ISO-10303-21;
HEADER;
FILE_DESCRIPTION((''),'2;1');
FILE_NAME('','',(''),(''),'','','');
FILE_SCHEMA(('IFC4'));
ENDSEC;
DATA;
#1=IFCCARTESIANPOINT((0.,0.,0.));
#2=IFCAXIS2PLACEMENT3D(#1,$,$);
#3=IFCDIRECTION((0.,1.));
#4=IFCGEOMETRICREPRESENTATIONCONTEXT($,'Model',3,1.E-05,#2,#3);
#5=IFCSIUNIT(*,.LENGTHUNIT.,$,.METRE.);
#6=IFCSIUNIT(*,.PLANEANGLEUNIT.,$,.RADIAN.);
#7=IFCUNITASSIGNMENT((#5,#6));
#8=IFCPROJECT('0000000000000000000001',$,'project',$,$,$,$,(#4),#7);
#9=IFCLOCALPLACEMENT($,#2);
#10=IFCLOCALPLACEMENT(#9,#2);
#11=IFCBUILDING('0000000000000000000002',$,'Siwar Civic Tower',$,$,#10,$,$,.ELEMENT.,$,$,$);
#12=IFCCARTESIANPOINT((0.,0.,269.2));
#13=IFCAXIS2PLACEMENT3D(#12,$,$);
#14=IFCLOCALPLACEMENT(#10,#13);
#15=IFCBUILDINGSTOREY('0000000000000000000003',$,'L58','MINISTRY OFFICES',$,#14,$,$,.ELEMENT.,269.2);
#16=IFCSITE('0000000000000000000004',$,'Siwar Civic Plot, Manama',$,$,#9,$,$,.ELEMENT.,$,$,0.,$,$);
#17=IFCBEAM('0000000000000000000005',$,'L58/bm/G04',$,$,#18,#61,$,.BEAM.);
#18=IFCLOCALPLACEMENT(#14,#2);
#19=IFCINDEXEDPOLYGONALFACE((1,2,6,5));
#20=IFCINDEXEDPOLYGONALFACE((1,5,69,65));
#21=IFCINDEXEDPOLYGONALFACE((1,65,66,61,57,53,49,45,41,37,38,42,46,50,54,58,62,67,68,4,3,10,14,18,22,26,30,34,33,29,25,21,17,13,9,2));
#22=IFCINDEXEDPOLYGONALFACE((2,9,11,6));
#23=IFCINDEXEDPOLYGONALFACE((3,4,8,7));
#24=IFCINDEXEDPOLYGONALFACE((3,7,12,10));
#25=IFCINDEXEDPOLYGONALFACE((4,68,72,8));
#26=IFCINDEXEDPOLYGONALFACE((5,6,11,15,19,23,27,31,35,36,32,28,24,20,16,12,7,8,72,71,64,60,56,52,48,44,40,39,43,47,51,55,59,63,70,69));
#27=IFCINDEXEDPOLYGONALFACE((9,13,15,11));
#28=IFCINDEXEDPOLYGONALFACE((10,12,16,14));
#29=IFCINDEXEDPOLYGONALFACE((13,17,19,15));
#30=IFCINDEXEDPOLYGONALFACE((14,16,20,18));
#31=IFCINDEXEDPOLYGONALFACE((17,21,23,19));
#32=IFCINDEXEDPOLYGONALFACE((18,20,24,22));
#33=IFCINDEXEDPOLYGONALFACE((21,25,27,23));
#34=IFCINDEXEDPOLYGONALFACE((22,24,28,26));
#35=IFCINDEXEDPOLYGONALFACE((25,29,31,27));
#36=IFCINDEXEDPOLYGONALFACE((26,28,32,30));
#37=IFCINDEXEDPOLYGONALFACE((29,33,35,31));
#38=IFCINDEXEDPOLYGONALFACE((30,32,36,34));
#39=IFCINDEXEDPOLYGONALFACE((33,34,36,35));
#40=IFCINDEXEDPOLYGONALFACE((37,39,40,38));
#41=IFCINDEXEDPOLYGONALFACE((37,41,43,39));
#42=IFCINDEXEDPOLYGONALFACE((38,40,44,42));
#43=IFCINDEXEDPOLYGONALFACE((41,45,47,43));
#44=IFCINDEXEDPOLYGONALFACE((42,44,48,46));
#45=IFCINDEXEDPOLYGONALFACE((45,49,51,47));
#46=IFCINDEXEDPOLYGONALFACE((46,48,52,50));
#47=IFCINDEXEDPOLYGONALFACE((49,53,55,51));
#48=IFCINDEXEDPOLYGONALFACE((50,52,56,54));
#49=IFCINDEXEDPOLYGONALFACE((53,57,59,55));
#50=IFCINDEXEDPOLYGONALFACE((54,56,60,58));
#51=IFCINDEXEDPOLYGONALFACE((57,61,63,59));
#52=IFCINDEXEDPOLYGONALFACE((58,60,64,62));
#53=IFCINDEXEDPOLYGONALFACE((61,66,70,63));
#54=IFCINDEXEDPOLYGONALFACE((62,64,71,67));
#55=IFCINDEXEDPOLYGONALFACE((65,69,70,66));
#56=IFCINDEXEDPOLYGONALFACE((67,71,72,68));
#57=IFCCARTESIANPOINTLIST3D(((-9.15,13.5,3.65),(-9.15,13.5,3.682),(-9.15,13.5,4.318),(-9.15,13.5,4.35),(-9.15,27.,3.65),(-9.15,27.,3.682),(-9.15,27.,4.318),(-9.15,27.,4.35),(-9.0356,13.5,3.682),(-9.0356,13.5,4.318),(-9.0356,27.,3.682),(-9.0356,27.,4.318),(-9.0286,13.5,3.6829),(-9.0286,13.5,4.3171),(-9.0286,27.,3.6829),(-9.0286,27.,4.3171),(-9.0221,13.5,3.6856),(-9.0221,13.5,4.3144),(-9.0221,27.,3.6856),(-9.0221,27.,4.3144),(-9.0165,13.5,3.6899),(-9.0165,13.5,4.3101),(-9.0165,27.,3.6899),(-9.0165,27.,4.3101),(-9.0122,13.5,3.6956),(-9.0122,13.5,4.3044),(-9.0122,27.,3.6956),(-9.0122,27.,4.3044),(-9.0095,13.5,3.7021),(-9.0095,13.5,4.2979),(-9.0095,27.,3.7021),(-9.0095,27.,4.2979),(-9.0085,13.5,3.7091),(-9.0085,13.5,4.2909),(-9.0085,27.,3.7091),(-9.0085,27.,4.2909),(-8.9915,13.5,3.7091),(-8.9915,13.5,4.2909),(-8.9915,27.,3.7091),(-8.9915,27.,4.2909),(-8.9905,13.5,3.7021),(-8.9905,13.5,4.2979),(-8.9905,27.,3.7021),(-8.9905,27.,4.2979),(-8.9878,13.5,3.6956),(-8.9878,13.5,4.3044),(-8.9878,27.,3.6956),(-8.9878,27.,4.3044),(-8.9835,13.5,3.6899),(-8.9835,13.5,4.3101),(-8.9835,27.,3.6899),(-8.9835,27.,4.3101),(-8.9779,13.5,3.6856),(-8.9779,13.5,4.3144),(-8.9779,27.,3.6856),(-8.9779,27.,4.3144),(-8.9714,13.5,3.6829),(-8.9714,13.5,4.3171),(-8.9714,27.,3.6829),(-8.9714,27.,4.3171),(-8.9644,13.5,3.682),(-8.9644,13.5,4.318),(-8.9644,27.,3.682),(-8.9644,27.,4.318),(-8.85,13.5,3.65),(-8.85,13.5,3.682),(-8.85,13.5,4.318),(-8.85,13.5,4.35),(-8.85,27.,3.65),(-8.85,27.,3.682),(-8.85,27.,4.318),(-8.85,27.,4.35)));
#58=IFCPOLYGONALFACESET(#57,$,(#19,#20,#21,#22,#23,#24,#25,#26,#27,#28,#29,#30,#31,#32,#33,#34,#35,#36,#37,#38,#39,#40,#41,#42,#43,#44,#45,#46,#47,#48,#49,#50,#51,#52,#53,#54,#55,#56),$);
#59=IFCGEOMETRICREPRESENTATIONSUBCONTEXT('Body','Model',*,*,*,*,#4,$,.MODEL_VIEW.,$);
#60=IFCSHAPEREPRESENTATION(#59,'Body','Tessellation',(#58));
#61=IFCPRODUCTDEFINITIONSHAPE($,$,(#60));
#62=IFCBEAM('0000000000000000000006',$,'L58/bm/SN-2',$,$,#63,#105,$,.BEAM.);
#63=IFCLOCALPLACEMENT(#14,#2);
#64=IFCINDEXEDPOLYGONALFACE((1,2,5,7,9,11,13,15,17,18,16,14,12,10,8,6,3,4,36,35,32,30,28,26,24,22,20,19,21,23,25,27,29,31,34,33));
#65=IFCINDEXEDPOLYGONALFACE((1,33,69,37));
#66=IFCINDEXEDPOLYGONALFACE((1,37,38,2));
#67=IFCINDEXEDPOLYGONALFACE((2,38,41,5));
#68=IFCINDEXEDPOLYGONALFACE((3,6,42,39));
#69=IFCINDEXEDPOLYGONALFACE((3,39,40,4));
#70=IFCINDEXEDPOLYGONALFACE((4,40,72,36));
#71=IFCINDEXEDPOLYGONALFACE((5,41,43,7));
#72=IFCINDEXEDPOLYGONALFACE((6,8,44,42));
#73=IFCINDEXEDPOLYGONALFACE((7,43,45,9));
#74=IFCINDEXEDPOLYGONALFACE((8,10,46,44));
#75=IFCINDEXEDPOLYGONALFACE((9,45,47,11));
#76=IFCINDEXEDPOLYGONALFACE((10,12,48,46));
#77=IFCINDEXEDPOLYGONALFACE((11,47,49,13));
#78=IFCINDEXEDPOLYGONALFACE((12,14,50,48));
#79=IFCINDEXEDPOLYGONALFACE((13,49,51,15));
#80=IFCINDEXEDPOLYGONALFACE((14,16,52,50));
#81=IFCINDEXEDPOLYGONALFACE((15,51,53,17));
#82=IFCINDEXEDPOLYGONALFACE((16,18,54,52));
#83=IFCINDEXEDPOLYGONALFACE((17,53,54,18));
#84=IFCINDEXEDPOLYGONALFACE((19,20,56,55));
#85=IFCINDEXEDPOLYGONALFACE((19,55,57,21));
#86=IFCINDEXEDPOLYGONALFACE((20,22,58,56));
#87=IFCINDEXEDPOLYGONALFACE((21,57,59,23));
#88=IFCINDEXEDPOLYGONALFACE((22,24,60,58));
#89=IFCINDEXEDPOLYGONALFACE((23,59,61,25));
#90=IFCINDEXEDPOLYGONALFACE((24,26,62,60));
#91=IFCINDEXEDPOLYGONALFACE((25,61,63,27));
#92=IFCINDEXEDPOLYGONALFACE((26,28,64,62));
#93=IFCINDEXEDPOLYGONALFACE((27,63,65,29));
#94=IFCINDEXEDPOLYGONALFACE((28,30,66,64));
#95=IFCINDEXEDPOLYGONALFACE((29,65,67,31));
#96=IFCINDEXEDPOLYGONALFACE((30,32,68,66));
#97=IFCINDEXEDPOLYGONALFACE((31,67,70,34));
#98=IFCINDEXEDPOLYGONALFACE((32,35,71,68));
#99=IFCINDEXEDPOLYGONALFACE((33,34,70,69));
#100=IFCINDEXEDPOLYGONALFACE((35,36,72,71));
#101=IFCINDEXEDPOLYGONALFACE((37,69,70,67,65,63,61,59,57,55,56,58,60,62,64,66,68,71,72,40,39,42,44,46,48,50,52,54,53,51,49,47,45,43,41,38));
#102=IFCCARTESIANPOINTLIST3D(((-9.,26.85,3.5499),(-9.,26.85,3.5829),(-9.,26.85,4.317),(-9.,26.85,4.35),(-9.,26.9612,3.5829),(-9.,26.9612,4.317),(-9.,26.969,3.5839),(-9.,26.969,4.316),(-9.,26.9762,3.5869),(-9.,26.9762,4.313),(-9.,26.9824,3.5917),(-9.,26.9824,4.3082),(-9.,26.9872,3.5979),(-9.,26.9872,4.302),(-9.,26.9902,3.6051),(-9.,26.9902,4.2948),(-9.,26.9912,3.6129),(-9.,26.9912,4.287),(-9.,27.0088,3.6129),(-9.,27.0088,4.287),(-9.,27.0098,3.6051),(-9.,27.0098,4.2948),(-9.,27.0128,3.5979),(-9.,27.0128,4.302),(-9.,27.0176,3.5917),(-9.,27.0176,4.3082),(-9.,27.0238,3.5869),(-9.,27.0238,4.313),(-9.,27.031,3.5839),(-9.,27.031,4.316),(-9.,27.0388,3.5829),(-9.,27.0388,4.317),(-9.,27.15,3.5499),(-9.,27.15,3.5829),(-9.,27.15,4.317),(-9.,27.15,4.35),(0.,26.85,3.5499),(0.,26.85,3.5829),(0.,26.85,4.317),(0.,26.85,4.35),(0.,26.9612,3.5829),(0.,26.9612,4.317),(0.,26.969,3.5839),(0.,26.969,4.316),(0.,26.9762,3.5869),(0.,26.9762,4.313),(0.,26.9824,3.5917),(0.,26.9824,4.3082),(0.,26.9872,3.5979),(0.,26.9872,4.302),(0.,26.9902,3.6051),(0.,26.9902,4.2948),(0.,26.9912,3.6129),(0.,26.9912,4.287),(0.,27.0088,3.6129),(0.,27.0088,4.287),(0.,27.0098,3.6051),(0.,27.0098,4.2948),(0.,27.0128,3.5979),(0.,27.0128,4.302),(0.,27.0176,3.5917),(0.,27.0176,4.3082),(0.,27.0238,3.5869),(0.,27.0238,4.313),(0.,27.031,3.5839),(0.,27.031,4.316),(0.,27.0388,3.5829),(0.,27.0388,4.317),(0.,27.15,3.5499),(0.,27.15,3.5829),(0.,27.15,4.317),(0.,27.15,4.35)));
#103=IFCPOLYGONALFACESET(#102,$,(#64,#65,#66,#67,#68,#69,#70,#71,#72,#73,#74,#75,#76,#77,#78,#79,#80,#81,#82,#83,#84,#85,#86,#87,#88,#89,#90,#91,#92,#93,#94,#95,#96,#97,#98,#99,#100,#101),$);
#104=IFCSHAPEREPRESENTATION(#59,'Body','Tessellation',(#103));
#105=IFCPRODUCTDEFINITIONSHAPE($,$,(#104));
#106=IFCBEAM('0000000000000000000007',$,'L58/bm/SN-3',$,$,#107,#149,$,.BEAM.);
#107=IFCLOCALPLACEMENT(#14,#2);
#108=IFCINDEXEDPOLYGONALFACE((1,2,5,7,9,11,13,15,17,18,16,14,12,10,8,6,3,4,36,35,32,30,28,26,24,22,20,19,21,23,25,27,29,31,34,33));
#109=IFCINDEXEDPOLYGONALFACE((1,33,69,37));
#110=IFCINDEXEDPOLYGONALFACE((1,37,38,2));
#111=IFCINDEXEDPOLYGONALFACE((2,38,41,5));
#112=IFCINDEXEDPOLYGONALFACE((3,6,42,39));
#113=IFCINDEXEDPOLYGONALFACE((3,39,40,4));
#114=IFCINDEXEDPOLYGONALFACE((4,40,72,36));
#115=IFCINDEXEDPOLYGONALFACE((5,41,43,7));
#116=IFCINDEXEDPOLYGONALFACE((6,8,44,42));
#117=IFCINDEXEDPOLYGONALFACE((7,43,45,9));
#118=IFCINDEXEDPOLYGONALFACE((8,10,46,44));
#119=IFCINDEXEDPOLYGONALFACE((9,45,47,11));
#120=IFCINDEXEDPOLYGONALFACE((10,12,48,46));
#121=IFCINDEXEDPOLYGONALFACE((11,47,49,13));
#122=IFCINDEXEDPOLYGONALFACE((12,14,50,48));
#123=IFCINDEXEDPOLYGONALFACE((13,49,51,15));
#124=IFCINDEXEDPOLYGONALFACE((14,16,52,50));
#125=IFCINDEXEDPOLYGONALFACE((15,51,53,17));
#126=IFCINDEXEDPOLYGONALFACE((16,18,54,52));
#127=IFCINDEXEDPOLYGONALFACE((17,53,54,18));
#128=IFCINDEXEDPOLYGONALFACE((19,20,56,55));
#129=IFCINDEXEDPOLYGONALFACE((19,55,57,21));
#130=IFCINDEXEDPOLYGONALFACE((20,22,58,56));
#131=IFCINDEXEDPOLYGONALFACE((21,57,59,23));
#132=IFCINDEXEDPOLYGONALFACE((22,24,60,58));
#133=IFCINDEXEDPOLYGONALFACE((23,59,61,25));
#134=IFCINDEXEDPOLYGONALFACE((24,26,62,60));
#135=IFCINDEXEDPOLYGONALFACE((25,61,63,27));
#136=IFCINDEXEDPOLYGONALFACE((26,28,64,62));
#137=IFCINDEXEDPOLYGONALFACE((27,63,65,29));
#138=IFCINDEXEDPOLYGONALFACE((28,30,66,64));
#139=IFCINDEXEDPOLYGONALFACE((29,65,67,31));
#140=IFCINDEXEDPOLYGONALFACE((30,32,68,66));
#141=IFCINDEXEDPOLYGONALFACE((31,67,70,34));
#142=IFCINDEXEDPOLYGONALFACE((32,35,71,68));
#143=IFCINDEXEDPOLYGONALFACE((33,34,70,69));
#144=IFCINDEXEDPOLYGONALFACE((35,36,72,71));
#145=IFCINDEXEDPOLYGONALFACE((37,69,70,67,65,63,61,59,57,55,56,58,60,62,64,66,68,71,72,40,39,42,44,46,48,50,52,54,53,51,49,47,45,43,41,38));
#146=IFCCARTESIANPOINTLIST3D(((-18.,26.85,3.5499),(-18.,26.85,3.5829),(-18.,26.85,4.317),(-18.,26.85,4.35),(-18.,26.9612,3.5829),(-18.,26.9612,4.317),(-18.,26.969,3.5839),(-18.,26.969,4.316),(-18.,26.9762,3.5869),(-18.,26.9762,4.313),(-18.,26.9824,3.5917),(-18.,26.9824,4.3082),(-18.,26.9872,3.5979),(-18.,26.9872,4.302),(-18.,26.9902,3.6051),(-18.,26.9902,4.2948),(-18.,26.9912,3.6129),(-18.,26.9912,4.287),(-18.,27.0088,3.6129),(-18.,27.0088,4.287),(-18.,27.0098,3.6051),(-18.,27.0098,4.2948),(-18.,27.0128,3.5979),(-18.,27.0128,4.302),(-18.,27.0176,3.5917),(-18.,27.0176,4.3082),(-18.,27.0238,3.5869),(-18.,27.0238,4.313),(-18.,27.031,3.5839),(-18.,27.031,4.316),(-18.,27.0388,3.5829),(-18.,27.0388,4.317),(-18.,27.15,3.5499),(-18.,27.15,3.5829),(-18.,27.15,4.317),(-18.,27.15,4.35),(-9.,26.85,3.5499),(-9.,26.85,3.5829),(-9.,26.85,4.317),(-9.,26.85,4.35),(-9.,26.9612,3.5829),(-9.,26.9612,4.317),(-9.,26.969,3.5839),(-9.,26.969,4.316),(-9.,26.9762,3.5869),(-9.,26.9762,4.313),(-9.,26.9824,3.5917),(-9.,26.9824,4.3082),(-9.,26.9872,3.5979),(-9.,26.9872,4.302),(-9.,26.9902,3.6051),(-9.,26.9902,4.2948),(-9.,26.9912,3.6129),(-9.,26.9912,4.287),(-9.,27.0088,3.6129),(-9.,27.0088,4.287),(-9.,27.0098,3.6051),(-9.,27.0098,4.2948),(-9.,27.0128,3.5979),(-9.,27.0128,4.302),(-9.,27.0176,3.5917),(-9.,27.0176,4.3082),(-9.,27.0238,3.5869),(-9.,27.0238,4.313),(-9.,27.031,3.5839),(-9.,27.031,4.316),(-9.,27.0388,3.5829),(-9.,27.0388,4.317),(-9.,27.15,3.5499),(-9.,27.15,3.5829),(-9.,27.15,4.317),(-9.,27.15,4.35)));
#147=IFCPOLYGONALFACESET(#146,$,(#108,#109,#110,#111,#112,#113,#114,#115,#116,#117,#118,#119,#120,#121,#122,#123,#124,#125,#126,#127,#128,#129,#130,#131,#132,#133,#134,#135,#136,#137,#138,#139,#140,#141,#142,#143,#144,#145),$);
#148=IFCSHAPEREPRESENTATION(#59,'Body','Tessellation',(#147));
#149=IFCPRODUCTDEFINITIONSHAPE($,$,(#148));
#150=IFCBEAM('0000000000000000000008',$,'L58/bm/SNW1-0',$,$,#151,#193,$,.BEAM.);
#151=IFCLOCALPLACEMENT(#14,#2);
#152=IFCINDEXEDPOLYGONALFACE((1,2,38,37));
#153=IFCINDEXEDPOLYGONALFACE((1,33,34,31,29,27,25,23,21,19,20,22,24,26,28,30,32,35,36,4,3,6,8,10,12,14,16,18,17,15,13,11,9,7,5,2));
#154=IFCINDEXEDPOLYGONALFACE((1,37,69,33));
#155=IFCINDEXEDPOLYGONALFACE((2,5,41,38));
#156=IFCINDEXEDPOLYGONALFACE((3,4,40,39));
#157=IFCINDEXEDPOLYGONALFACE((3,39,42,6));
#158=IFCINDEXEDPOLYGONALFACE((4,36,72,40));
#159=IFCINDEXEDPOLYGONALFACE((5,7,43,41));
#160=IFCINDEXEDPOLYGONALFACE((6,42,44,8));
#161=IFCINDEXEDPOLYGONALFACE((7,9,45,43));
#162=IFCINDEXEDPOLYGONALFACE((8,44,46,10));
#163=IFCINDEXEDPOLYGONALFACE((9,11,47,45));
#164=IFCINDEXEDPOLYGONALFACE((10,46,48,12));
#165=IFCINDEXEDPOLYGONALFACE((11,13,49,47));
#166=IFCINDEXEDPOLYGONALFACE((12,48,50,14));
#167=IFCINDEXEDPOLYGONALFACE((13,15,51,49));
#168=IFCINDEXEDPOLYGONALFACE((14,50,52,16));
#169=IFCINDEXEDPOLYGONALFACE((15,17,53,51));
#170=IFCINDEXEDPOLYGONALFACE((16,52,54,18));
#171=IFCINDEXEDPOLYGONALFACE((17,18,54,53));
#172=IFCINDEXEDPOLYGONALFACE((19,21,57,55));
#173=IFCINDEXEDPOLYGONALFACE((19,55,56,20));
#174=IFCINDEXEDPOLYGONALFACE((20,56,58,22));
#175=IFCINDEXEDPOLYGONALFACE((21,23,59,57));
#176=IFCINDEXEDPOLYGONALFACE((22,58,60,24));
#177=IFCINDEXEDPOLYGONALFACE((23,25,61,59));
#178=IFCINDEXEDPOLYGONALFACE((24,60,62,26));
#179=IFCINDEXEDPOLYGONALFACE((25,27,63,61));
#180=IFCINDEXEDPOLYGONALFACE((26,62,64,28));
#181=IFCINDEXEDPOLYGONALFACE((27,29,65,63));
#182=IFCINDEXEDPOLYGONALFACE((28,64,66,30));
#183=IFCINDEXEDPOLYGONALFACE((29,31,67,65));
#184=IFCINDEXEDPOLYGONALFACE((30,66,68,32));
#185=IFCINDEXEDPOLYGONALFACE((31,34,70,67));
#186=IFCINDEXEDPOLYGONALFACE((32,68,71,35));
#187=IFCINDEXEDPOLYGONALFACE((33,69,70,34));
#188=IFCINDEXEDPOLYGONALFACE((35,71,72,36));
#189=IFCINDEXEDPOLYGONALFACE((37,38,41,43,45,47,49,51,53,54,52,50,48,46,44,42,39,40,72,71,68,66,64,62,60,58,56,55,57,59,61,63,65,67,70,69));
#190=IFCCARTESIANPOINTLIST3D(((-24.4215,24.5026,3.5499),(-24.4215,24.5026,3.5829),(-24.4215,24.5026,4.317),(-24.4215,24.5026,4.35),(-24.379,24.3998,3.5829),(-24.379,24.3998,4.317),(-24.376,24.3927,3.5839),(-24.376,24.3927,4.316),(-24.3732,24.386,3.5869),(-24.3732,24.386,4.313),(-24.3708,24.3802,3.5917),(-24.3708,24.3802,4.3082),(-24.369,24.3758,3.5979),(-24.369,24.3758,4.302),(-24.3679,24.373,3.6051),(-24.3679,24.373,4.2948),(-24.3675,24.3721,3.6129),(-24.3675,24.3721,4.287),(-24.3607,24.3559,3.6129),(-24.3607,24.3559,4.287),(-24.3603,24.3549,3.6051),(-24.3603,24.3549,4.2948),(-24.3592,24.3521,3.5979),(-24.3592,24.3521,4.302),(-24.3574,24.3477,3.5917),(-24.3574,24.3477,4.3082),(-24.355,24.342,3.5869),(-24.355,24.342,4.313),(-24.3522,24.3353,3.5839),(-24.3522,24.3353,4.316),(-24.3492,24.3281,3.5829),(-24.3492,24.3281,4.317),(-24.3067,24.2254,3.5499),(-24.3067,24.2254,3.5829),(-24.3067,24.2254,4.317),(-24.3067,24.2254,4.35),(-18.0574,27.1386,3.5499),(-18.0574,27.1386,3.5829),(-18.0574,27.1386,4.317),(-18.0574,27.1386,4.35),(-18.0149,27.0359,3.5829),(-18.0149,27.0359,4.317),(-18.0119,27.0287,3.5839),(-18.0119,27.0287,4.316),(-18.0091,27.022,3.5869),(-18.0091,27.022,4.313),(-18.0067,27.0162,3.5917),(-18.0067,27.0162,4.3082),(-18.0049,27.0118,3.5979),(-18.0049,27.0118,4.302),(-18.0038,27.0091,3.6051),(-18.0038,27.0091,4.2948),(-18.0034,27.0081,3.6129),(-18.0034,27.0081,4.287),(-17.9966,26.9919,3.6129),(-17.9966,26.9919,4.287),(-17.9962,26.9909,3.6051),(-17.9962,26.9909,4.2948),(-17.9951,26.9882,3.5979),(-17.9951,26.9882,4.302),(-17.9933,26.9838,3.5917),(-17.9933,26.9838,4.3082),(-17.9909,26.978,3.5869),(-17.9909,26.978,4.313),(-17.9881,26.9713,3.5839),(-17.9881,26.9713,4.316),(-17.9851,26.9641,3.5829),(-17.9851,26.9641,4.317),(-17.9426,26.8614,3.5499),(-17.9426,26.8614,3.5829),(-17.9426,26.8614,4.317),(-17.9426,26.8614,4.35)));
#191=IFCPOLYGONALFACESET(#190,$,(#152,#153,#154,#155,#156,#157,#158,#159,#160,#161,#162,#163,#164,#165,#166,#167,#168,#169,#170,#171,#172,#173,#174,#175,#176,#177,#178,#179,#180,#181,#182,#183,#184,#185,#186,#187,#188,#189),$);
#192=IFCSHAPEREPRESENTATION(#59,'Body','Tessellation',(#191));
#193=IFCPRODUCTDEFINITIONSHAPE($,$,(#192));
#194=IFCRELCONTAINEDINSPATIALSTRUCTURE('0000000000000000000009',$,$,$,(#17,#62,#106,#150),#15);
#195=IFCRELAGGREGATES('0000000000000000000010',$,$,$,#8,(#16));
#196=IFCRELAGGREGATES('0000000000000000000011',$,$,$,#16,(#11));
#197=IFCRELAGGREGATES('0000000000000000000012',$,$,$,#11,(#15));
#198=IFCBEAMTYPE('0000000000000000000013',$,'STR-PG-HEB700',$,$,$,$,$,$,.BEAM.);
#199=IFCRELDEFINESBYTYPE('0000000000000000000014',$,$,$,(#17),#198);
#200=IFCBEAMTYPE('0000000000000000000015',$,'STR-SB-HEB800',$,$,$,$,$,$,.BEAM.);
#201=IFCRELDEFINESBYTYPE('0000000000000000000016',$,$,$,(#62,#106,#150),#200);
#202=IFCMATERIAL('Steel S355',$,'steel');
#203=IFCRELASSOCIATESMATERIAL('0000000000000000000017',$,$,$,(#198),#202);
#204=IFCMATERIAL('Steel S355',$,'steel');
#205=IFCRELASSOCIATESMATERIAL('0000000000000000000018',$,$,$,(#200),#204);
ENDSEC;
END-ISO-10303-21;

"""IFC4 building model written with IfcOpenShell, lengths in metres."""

from ifc_helpers import new_model, si_unit, direction, frame, origin, origin_2d, place, context, subcontext, project, spatial, i_section, extrude, material, material_profile, profile_set, type_object, element, save


model = new_model("IFC4")

# Units and contexts
model_context = context("Model", 3, precision=1e-05, world=origin(), true_north=direction((0.0, 1.0)))
body_context = subcontext(model_context, "Body", "Model", "MODEL_VIEW")
ifc_project = project(units=[si_unit("LENGTHUNIT", "METRE"), si_unit("PLANEANGLEUNIT", "RADIAN")], contexts=[model_context])

# Site, building, storey
site_placement = place(None, origin())
site = spatial("IfcSite", under=ifc_project, at=site_placement, Name="Siwar Civic Plot, Manama", CompositionType="ELEMENT", RefElevation=0.0)
building_placement = place(site_placement, origin())
building = spatial("IfcBuilding", under=site, at=building_placement, Name="Siwar Civic Tower", CompositionType="ELEMENT")
storey_placement = place(building_placement, frame((0.0, 0.0, 269.2)))
storey = spatial("IfcBuildingStorey", under=building, at=storey_placement, Name="L58", Description="MINISTRY OFFICES", CompositionType="ELEMENT", Elevation=269.2)

# Beams
ifc_material_1 = material(Name="Steel S355", Category="steel")
ifc_material_profile_1 = material_profile(ifc_material_1, i_section(OverallWidth=0.3, OverallDepth=0.7, WebThickness=0.0171, FlangeThickness=0.032, FilletRadius=0.0271, at=origin_2d()), Name="HEB700")
ifc_profile_set_1 = profile_set([ifc_material_profile_1], Name="Steel S355")
beam_type_1 = type_object("IfcBeamType", Name="STR-PG-HEB700", PredefinedType="BEAM", material=ifc_profile_set_1)
beam_1_placement = place(storey_placement, frame((-9.0, 13.5, 4.0), z_axis=(0.0, 1.0, 0.0), x_axis=(-1.0, 0.0, 0.0)))
element("IfcBeam", 1, at=beam_1_placement, inside=storey, type_object=beam_type_1, Name="L58/bm/G04", PredefinedType="BEAM", context=body_context, shape_type="SweptSolid", body=[
    extrude(i_section(OverallWidth=0.3, OverallDepth=0.7, WebThickness=0.0171, FlangeThickness=0.032, FilletRadius=0.0271, at=origin_2d()), origin(), (0.0, 0.0, 1.0), 13.5),
])
ifc_material_2 = material(Name="Steel S355", Category="steel")
ifc_material_profile_2 = material_profile(ifc_material_2, i_section(OverallWidth=0.3, OverallDepth=0.8, WebThickness=0.0176, FlangeThickness=0.033, FilletRadius=0.03, at=origin_2d()), Name="HEB800")
ifc_profile_set_2 = profile_set([ifc_material_profile_2], Name="Steel S355")
beam_type_2 = type_object("IfcBeamType", Name="STR-SB-HEB800", PredefinedType="BEAM", material=ifc_profile_set_2)
for number, where, z_axis, x_axis, name in (
    (2, (0.0, 27.0, 3.95), (-1.0, 0.0, 0.0), (0.0, -1.0, 0.0), "L58/bm/SN-2"),
    (3, (-9.0, 27.0, 3.95), (-1.0, 0.0, 0.0), (0.0, -1.0, 0.0), "L58/bm/SN-3"),
):
    element("IfcBeam", number, at=place(storey_placement, frame(where, z_axis=z_axis, x_axis=x_axis)), inside=storey, type_object=beam_type_2, Name=name, PredefinedType="BEAM", context=body_context, shape_type="SweptSolid", body=[
        extrude(i_section(OverallWidth=0.3, OverallDepth=0.8, WebThickness=0.0176, FlangeThickness=0.033, FilletRadius=0.03, at=origin_2d()), origin(), (0.0, 0.0, 1.0), 9.0),
    ])
beam_2_placement = place(storey_placement, frame((-18.0, 27.0, 3.95), z_axis=(-0.923883, -0.382674, 0.0), x_axis=(0.382674, -0.923883, 0.0)))
element("IfcBeam", 4, at=beam_2_placement, inside=storey, type_object=beam_type_2, Name="L58/bm/SNW1-0", PredefinedType="BEAM", context=body_context, shape_type="SweptSolid", body=[
    extrude(i_section(OverallWidth=0.3, OverallDepth=0.8, WebThickness=0.0176, FlangeThickness=0.033, FilletRadius=0.03, at=origin_2d()), origin(), (0.0, 0.0, 1.0), 6.8884),
])

save(model, "model.ifc")
